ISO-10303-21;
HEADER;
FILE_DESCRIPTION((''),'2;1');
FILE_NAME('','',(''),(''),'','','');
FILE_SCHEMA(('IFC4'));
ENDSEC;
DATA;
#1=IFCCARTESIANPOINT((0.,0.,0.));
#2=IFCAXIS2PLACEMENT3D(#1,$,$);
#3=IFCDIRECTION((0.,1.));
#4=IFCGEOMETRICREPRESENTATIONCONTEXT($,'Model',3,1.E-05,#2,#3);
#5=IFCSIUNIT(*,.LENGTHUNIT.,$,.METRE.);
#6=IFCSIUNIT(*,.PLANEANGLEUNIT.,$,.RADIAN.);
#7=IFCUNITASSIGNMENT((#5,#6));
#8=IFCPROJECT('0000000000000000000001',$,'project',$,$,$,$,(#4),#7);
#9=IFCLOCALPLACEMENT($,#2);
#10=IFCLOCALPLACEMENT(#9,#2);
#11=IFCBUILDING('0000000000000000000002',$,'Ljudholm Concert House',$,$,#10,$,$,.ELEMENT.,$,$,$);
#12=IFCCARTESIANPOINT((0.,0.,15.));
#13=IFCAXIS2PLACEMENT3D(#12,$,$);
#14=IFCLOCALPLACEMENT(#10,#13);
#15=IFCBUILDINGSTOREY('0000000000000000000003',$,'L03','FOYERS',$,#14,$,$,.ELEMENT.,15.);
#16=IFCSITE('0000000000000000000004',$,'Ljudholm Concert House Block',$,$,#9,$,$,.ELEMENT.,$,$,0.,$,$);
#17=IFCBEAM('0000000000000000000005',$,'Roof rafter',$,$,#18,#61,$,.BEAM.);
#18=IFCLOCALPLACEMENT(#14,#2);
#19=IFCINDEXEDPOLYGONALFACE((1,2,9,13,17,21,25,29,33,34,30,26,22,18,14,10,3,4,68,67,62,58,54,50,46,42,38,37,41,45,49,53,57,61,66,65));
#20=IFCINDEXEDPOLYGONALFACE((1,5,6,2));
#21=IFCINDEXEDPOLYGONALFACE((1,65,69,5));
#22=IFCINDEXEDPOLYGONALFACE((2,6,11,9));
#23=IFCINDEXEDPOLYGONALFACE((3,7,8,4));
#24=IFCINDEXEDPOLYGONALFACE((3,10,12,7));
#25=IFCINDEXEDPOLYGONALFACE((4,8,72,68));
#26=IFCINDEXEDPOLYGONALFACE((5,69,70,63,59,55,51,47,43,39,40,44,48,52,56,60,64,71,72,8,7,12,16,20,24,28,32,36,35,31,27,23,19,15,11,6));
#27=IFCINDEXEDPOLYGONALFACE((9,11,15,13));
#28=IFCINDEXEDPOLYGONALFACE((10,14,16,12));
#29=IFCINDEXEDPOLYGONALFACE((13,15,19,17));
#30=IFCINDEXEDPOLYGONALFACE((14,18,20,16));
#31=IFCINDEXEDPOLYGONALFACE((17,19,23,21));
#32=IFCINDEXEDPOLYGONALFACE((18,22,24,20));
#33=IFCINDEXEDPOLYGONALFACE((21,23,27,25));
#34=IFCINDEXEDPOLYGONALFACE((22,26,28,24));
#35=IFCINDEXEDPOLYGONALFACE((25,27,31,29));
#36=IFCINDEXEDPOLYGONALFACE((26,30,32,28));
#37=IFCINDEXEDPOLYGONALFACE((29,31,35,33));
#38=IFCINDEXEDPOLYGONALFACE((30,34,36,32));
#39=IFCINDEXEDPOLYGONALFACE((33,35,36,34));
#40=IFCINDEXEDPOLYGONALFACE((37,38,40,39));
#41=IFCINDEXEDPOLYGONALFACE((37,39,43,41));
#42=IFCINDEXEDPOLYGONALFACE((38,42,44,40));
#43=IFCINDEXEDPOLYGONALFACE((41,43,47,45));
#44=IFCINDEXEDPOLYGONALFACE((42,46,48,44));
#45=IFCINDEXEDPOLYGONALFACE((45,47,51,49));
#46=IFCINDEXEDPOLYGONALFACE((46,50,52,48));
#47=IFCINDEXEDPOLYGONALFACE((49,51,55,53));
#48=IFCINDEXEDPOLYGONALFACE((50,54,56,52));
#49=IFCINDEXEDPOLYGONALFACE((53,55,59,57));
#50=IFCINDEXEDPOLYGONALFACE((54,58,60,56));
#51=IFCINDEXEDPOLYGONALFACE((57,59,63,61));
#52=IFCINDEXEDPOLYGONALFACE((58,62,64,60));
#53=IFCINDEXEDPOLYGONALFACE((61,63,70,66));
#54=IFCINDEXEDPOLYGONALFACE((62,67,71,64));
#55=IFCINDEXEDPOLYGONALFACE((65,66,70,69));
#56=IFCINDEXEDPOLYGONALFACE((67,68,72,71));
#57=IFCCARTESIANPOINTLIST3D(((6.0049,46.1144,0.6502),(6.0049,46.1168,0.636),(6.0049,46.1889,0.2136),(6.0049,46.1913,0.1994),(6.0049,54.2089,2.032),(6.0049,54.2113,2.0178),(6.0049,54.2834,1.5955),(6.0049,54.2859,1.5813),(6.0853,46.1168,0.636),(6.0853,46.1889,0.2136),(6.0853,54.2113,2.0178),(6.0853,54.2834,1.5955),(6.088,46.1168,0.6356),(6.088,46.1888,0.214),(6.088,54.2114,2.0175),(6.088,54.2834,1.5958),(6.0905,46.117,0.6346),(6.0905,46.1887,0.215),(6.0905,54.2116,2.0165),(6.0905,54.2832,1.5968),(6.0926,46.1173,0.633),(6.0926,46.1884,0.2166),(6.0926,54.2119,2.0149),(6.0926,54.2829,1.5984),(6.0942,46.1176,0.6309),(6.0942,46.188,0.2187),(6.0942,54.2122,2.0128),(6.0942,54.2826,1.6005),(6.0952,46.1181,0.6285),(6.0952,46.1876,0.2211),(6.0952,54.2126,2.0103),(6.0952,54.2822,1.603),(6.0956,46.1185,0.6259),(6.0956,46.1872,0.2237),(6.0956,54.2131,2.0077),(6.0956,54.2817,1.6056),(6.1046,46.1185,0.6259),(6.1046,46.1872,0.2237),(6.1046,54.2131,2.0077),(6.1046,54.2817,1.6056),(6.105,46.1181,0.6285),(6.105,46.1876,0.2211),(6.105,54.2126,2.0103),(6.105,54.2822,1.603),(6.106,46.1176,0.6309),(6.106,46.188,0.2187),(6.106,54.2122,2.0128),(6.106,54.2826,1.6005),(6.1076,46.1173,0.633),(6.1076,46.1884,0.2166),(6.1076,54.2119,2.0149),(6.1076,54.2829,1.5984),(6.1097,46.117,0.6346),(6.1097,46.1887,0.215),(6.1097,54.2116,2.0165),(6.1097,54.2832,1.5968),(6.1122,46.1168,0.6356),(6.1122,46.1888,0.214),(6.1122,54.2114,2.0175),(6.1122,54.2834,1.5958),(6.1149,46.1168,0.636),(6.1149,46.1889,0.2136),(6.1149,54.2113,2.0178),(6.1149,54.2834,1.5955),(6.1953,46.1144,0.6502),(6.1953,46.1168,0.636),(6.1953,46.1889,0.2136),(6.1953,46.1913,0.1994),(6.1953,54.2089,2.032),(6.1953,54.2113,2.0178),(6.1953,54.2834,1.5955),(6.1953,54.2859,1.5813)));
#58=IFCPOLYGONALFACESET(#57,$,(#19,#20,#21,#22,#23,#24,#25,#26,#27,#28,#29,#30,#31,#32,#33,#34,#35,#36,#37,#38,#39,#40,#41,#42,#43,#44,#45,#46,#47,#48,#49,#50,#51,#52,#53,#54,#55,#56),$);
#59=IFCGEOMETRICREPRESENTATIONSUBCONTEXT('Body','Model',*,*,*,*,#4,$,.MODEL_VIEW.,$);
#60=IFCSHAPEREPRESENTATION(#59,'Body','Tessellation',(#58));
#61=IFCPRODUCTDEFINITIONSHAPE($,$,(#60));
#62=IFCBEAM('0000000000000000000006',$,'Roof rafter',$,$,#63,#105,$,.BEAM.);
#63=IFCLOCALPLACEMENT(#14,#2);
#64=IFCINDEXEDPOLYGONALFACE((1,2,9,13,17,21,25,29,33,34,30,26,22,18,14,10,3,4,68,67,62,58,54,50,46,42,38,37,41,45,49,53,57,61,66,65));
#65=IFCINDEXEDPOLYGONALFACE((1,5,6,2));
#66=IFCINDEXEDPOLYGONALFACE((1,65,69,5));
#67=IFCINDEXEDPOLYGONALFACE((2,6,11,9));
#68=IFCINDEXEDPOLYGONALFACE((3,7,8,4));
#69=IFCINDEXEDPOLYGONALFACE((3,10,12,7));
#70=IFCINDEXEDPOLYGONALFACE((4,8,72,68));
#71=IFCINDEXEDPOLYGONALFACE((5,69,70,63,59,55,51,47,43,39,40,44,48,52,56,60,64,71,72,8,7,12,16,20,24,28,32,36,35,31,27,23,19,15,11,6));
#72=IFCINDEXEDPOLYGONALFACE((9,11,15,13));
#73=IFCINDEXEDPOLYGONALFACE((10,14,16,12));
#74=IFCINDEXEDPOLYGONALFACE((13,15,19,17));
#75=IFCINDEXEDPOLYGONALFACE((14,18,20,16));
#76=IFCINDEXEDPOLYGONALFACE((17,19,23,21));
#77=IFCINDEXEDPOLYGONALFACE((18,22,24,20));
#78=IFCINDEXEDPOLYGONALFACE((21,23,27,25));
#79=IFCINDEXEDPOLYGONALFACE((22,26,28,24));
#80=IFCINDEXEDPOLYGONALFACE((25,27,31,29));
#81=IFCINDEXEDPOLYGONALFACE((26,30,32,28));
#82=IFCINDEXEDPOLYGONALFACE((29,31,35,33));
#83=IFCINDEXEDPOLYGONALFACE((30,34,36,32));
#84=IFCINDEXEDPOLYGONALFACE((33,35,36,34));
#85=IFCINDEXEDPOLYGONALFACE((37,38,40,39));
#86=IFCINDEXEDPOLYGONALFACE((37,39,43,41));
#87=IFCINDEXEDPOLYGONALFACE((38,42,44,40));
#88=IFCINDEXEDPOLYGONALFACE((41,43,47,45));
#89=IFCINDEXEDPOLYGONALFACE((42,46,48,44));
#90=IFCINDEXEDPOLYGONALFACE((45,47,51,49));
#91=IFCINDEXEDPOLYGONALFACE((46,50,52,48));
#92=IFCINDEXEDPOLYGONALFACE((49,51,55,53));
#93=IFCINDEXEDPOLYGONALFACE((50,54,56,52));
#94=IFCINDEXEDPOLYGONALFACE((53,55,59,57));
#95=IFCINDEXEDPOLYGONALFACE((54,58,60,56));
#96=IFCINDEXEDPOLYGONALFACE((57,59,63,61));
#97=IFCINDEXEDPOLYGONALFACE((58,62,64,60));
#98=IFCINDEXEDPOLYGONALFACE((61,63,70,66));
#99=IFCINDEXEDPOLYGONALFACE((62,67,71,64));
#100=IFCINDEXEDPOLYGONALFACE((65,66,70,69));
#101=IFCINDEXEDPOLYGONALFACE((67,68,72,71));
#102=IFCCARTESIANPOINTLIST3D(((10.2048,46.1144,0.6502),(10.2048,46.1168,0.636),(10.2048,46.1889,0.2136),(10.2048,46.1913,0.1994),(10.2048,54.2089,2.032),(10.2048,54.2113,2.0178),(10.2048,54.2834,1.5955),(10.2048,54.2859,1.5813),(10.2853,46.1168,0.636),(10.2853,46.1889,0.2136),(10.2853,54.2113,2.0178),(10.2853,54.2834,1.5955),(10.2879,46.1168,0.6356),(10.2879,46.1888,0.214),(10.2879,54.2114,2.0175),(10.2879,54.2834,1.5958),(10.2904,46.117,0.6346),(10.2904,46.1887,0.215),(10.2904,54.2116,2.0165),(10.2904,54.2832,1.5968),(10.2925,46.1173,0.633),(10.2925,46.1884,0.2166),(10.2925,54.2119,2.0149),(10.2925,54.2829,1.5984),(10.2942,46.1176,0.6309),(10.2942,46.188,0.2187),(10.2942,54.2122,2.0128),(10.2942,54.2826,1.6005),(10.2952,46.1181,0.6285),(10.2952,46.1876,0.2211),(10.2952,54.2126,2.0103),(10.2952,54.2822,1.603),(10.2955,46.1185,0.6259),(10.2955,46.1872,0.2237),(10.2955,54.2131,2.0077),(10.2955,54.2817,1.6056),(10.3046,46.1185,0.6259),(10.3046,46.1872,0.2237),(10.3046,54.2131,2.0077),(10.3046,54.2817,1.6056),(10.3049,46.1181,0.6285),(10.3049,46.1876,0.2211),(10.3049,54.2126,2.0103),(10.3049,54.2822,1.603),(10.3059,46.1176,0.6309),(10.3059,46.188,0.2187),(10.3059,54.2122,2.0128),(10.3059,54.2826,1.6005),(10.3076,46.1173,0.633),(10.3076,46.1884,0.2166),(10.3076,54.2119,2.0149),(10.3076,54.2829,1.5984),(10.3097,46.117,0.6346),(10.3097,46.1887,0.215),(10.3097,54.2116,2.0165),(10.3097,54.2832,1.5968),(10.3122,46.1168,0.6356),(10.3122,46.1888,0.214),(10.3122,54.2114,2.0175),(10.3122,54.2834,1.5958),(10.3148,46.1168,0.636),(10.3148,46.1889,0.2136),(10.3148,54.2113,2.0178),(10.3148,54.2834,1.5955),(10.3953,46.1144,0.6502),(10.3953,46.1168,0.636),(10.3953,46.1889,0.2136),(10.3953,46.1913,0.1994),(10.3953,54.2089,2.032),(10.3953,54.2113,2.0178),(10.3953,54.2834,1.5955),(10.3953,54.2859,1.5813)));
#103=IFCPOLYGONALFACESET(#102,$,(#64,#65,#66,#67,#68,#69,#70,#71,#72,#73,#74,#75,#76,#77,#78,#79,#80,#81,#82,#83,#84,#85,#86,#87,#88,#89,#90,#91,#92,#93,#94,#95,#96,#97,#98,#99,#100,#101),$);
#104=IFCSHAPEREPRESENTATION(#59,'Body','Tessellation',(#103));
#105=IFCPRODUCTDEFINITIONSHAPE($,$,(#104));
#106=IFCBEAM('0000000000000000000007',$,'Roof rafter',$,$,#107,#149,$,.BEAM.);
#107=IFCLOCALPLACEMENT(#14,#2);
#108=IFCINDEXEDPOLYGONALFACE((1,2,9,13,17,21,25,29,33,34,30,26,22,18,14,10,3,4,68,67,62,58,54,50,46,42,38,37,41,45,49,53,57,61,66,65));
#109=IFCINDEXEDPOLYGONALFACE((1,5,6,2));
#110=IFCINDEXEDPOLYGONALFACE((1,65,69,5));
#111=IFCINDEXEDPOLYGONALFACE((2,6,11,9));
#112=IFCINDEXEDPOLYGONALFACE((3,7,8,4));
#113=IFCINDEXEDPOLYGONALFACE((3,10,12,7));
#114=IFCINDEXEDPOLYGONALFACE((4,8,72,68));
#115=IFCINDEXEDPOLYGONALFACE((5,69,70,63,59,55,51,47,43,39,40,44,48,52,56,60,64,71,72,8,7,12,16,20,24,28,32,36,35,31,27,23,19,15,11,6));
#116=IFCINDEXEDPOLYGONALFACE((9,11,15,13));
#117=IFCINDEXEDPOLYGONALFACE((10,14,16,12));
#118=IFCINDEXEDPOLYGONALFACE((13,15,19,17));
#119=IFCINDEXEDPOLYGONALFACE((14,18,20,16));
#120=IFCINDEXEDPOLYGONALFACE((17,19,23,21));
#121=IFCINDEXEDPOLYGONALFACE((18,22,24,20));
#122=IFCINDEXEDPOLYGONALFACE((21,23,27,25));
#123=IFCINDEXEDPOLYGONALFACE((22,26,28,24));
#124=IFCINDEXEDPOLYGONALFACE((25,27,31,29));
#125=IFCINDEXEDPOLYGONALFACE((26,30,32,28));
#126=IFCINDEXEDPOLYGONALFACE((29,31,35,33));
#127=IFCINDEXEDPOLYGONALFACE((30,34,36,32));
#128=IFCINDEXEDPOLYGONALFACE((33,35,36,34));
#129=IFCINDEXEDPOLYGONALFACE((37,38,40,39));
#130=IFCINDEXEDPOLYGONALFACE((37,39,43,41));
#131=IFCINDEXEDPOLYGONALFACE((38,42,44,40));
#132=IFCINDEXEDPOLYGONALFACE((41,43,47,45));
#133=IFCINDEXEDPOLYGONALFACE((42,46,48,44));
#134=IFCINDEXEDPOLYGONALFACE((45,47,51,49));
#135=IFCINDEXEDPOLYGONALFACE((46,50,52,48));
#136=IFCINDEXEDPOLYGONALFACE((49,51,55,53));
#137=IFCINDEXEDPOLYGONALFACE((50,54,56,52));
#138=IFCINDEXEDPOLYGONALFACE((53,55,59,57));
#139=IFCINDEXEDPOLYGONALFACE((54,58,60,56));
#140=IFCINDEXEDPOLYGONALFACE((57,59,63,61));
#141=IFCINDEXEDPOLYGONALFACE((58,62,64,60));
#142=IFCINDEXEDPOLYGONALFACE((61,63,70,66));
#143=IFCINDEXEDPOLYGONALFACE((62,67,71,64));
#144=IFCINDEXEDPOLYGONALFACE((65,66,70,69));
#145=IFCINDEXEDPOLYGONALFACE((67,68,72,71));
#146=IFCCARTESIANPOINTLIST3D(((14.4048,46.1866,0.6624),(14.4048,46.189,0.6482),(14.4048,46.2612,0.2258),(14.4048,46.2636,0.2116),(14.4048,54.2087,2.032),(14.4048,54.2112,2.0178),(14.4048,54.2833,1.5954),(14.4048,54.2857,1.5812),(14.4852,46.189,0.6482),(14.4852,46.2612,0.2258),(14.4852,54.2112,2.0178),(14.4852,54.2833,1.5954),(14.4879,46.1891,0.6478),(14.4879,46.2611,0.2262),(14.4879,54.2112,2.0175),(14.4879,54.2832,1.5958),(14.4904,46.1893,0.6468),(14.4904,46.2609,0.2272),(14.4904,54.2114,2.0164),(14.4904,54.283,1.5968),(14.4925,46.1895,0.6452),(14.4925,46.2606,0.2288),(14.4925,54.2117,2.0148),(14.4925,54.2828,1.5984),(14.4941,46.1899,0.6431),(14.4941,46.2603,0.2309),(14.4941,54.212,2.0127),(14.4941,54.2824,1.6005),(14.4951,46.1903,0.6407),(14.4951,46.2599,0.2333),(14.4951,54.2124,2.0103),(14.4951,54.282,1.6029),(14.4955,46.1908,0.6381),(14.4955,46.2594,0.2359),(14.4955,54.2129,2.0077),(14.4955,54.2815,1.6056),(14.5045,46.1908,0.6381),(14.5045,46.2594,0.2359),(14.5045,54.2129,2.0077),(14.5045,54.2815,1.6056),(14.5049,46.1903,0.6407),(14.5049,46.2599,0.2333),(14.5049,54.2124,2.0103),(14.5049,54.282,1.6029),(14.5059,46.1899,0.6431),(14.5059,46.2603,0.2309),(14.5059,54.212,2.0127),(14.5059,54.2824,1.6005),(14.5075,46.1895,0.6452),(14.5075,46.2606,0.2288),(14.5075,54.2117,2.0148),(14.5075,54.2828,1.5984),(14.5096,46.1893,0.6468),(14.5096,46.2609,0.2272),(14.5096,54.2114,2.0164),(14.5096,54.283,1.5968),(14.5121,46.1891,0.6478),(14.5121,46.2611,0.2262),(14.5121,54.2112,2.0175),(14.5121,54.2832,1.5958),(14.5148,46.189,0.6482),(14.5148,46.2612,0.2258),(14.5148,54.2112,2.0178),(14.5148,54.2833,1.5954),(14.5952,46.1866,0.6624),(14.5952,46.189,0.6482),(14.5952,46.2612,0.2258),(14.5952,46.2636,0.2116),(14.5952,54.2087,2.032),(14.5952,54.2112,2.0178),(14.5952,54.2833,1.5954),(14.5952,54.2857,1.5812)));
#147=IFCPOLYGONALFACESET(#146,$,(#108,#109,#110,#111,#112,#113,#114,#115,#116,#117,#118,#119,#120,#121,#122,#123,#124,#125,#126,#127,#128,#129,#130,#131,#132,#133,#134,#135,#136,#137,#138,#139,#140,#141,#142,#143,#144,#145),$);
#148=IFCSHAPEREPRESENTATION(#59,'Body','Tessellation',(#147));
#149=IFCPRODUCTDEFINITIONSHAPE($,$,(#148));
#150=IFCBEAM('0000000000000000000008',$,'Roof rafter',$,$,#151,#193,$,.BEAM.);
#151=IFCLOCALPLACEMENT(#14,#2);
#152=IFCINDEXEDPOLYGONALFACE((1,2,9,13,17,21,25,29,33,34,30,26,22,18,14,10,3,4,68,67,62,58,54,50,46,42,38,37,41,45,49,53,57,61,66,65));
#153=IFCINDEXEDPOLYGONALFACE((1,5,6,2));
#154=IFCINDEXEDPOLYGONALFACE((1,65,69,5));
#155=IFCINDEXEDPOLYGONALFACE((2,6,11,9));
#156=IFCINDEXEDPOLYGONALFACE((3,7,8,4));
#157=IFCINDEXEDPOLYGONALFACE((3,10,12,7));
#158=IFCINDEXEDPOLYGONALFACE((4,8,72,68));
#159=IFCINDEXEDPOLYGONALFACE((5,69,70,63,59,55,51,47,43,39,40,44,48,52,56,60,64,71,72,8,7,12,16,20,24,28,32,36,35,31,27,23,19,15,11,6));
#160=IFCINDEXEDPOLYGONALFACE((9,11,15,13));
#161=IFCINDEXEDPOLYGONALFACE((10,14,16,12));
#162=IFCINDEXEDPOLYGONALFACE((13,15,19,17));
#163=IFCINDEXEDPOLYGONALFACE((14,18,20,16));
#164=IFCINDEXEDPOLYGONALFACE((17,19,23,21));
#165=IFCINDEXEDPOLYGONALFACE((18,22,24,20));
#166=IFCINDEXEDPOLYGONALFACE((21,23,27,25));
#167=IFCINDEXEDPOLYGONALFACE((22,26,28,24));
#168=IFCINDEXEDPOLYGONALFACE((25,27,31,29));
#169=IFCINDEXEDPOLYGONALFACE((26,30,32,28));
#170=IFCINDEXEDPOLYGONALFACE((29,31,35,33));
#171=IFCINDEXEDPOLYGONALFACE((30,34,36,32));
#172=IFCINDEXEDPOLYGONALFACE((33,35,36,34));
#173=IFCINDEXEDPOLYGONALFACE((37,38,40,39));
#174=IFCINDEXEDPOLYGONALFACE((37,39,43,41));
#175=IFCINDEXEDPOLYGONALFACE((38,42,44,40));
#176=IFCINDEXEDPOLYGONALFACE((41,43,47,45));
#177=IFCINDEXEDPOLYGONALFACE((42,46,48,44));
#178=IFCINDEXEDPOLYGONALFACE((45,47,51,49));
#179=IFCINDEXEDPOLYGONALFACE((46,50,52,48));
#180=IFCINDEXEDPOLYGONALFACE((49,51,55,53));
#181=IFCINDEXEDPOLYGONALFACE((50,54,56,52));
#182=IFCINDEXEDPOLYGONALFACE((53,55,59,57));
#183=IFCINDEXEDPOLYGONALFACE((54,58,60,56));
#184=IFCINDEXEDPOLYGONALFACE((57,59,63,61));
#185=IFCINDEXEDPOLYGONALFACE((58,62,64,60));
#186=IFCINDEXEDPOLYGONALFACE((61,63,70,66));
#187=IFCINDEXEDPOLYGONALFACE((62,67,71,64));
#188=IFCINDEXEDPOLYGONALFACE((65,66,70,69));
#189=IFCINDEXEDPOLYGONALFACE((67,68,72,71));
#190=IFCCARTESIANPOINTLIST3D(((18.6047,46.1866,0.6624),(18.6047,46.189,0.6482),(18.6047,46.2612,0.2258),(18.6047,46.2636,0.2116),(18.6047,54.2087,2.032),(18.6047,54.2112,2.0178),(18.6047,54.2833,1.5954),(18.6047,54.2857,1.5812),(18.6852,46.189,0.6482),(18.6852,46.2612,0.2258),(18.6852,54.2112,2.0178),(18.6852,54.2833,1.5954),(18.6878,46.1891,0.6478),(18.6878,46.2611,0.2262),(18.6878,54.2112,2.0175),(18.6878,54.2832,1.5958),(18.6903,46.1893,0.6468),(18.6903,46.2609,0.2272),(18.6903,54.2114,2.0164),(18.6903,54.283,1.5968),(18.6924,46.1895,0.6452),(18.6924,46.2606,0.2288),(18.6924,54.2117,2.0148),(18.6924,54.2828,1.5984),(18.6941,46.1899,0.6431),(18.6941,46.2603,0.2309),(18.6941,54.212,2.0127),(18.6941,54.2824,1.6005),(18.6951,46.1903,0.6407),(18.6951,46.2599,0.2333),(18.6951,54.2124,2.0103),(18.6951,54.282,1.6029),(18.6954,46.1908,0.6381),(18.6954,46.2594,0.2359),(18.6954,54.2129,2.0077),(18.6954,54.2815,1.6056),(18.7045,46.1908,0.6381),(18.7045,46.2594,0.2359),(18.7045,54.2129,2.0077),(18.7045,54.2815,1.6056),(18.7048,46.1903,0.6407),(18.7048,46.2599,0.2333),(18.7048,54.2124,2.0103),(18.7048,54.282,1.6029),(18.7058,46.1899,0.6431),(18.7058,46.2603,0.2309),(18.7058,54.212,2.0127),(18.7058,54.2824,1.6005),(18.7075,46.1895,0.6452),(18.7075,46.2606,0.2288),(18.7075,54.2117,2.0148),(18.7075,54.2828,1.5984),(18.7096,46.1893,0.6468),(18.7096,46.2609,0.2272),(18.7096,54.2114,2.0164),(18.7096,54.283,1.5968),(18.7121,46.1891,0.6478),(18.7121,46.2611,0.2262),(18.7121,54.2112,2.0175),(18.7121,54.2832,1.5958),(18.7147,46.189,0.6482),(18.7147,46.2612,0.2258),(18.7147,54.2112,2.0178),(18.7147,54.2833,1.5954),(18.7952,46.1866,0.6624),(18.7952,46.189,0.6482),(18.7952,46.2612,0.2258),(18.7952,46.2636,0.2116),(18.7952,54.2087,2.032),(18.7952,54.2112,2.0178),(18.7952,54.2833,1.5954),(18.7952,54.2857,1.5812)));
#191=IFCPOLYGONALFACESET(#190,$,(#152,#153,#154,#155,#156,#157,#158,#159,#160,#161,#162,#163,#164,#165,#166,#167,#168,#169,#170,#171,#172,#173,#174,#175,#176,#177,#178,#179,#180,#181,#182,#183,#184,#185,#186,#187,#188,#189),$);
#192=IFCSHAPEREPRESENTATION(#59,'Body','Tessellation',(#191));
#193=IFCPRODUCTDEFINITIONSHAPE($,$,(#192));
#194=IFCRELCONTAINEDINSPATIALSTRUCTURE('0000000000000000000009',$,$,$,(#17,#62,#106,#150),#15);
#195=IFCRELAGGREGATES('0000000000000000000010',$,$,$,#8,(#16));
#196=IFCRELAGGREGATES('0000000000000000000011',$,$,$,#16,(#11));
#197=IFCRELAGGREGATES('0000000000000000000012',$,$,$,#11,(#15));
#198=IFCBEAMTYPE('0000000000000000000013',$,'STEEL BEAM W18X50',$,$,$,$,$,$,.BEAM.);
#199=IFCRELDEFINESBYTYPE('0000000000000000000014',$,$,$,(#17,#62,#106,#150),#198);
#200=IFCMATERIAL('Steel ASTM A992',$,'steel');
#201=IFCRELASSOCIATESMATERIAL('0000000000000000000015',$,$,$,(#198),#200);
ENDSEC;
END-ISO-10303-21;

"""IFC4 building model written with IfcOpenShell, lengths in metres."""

from ifc_helpers import new_model, si_unit, direction, frame, origin, origin_2d, place, context, subcontext, project, spatial, i_section, extrude, material, material_profile, profile_set, type_object, element, save


model = new_model("IFC4")

# Units and contexts
model_context = context("Model", 3, precision=1e-05, world=origin(), true_north=direction((0.0, 1.0)))
body_context = subcontext(model_context, "Body", "Model", "MODEL_VIEW")
ifc_project = project(units=[si_unit("LENGTHUNIT", "METRE"), si_unit("PLANEANGLEUNIT", "RADIAN")], contexts=[model_context])

# Site, building, storey
site_placement = place(None, origin())
site = spatial("IfcSite", under=ifc_project, at=site_placement, Name="Ljudholm Concert House Block", CompositionType="ELEMENT", RefElevation=0.0)
building_placement = place(site_placement, origin())
building = spatial("IfcBuilding", under=site, at=building_placement, Name="Ljudholm Concert House", CompositionType="ELEMENT")
storey_placement = place(building_placement, frame((0.0, 0.0, 15.0)))
storey = spatial("IfcBuildingStorey", under=building, at=storey_placement, Name="L03", Description="FOYERS", CompositionType="ELEMENT", Elevation=15.0)

# Beams
ifc_material_1 = material(Name="Steel ASTM A992", Category="steel")
ifc_material_profile_1 = material_profile(ifc_material_1, i_section(OverallWidth=0.1904, OverallDepth=0.4573, WebThickness=0.009, FlangeThickness=0.0144, FilletRadius=0.0103, at=origin_2d()), Name="W18X50")
ifc_profile_set_1 = profile_set([ifc_material_profile_1], Name="Steel ASTM A992")
beam_type_1 = type_object("IfcBeamType", Name="STEEL BEAM W18X50", PredefinedType="BEAM", material=ifc_profile_set_1)
for number, where, z_axis, x_axis, name in (
    (1, (6.1001, 46.1528, 0.4248), (0.0, 0.985739, 0.168279), (-1.0, 0.0, 0.0), "Roof rafter"),
    (2, (10.3, 46.1528, 0.4248), (0.0, 0.985739, 0.168279), (-1.0, 0.0, 0.0), "Roof rafter"),
):
    element("IfcBeam", number, at=place(storey_placement, frame(where, z_axis=z_axis, x_axis=x_axis)), inside=storey, type_object=beam_type_1, Name=name, PredefinedType="BEAM", context=body_context, shape_type="SweptSolid", body=[
        extrude(i_section(OverallWidth=0.1904, OverallDepth=0.4573, WebThickness=0.009, FlangeThickness=0.0144, FilletRadius=0.0103, at=origin_2d()), origin(), (0.0, 0.0, 1.0), 8.2117),
    ])
for number, where, z_axis, x_axis, name in (
    (3, (14.5, 46.2251, 0.437), (0.0, 0.985737, 0.168294), (-1.0, 0.0, 0.0), "Roof rafter"),
    (4, (18.7, 46.2251, 0.437), (0.0, 0.985737, 0.168294), (-1.0, 0.0, 0.0), "Roof rafter"),
):
    element("IfcBeam", number, at=place(storey_placement, frame(where, z_axis=z_axis, x_axis=x_axis)), inside=storey, type_object=beam_type_1, Name=name, PredefinedType="BEAM", context=body_context, shape_type="SweptSolid", body=[
        extrude(i_section(OverallWidth=0.1904, OverallDepth=0.4573, WebThickness=0.009, FlangeThickness=0.0144, FilletRadius=0.0103, at=origin_2d()), origin(), (0.0, 0.0, 1.0), 8.1382),
    ])

save(model, "model.ifc")
